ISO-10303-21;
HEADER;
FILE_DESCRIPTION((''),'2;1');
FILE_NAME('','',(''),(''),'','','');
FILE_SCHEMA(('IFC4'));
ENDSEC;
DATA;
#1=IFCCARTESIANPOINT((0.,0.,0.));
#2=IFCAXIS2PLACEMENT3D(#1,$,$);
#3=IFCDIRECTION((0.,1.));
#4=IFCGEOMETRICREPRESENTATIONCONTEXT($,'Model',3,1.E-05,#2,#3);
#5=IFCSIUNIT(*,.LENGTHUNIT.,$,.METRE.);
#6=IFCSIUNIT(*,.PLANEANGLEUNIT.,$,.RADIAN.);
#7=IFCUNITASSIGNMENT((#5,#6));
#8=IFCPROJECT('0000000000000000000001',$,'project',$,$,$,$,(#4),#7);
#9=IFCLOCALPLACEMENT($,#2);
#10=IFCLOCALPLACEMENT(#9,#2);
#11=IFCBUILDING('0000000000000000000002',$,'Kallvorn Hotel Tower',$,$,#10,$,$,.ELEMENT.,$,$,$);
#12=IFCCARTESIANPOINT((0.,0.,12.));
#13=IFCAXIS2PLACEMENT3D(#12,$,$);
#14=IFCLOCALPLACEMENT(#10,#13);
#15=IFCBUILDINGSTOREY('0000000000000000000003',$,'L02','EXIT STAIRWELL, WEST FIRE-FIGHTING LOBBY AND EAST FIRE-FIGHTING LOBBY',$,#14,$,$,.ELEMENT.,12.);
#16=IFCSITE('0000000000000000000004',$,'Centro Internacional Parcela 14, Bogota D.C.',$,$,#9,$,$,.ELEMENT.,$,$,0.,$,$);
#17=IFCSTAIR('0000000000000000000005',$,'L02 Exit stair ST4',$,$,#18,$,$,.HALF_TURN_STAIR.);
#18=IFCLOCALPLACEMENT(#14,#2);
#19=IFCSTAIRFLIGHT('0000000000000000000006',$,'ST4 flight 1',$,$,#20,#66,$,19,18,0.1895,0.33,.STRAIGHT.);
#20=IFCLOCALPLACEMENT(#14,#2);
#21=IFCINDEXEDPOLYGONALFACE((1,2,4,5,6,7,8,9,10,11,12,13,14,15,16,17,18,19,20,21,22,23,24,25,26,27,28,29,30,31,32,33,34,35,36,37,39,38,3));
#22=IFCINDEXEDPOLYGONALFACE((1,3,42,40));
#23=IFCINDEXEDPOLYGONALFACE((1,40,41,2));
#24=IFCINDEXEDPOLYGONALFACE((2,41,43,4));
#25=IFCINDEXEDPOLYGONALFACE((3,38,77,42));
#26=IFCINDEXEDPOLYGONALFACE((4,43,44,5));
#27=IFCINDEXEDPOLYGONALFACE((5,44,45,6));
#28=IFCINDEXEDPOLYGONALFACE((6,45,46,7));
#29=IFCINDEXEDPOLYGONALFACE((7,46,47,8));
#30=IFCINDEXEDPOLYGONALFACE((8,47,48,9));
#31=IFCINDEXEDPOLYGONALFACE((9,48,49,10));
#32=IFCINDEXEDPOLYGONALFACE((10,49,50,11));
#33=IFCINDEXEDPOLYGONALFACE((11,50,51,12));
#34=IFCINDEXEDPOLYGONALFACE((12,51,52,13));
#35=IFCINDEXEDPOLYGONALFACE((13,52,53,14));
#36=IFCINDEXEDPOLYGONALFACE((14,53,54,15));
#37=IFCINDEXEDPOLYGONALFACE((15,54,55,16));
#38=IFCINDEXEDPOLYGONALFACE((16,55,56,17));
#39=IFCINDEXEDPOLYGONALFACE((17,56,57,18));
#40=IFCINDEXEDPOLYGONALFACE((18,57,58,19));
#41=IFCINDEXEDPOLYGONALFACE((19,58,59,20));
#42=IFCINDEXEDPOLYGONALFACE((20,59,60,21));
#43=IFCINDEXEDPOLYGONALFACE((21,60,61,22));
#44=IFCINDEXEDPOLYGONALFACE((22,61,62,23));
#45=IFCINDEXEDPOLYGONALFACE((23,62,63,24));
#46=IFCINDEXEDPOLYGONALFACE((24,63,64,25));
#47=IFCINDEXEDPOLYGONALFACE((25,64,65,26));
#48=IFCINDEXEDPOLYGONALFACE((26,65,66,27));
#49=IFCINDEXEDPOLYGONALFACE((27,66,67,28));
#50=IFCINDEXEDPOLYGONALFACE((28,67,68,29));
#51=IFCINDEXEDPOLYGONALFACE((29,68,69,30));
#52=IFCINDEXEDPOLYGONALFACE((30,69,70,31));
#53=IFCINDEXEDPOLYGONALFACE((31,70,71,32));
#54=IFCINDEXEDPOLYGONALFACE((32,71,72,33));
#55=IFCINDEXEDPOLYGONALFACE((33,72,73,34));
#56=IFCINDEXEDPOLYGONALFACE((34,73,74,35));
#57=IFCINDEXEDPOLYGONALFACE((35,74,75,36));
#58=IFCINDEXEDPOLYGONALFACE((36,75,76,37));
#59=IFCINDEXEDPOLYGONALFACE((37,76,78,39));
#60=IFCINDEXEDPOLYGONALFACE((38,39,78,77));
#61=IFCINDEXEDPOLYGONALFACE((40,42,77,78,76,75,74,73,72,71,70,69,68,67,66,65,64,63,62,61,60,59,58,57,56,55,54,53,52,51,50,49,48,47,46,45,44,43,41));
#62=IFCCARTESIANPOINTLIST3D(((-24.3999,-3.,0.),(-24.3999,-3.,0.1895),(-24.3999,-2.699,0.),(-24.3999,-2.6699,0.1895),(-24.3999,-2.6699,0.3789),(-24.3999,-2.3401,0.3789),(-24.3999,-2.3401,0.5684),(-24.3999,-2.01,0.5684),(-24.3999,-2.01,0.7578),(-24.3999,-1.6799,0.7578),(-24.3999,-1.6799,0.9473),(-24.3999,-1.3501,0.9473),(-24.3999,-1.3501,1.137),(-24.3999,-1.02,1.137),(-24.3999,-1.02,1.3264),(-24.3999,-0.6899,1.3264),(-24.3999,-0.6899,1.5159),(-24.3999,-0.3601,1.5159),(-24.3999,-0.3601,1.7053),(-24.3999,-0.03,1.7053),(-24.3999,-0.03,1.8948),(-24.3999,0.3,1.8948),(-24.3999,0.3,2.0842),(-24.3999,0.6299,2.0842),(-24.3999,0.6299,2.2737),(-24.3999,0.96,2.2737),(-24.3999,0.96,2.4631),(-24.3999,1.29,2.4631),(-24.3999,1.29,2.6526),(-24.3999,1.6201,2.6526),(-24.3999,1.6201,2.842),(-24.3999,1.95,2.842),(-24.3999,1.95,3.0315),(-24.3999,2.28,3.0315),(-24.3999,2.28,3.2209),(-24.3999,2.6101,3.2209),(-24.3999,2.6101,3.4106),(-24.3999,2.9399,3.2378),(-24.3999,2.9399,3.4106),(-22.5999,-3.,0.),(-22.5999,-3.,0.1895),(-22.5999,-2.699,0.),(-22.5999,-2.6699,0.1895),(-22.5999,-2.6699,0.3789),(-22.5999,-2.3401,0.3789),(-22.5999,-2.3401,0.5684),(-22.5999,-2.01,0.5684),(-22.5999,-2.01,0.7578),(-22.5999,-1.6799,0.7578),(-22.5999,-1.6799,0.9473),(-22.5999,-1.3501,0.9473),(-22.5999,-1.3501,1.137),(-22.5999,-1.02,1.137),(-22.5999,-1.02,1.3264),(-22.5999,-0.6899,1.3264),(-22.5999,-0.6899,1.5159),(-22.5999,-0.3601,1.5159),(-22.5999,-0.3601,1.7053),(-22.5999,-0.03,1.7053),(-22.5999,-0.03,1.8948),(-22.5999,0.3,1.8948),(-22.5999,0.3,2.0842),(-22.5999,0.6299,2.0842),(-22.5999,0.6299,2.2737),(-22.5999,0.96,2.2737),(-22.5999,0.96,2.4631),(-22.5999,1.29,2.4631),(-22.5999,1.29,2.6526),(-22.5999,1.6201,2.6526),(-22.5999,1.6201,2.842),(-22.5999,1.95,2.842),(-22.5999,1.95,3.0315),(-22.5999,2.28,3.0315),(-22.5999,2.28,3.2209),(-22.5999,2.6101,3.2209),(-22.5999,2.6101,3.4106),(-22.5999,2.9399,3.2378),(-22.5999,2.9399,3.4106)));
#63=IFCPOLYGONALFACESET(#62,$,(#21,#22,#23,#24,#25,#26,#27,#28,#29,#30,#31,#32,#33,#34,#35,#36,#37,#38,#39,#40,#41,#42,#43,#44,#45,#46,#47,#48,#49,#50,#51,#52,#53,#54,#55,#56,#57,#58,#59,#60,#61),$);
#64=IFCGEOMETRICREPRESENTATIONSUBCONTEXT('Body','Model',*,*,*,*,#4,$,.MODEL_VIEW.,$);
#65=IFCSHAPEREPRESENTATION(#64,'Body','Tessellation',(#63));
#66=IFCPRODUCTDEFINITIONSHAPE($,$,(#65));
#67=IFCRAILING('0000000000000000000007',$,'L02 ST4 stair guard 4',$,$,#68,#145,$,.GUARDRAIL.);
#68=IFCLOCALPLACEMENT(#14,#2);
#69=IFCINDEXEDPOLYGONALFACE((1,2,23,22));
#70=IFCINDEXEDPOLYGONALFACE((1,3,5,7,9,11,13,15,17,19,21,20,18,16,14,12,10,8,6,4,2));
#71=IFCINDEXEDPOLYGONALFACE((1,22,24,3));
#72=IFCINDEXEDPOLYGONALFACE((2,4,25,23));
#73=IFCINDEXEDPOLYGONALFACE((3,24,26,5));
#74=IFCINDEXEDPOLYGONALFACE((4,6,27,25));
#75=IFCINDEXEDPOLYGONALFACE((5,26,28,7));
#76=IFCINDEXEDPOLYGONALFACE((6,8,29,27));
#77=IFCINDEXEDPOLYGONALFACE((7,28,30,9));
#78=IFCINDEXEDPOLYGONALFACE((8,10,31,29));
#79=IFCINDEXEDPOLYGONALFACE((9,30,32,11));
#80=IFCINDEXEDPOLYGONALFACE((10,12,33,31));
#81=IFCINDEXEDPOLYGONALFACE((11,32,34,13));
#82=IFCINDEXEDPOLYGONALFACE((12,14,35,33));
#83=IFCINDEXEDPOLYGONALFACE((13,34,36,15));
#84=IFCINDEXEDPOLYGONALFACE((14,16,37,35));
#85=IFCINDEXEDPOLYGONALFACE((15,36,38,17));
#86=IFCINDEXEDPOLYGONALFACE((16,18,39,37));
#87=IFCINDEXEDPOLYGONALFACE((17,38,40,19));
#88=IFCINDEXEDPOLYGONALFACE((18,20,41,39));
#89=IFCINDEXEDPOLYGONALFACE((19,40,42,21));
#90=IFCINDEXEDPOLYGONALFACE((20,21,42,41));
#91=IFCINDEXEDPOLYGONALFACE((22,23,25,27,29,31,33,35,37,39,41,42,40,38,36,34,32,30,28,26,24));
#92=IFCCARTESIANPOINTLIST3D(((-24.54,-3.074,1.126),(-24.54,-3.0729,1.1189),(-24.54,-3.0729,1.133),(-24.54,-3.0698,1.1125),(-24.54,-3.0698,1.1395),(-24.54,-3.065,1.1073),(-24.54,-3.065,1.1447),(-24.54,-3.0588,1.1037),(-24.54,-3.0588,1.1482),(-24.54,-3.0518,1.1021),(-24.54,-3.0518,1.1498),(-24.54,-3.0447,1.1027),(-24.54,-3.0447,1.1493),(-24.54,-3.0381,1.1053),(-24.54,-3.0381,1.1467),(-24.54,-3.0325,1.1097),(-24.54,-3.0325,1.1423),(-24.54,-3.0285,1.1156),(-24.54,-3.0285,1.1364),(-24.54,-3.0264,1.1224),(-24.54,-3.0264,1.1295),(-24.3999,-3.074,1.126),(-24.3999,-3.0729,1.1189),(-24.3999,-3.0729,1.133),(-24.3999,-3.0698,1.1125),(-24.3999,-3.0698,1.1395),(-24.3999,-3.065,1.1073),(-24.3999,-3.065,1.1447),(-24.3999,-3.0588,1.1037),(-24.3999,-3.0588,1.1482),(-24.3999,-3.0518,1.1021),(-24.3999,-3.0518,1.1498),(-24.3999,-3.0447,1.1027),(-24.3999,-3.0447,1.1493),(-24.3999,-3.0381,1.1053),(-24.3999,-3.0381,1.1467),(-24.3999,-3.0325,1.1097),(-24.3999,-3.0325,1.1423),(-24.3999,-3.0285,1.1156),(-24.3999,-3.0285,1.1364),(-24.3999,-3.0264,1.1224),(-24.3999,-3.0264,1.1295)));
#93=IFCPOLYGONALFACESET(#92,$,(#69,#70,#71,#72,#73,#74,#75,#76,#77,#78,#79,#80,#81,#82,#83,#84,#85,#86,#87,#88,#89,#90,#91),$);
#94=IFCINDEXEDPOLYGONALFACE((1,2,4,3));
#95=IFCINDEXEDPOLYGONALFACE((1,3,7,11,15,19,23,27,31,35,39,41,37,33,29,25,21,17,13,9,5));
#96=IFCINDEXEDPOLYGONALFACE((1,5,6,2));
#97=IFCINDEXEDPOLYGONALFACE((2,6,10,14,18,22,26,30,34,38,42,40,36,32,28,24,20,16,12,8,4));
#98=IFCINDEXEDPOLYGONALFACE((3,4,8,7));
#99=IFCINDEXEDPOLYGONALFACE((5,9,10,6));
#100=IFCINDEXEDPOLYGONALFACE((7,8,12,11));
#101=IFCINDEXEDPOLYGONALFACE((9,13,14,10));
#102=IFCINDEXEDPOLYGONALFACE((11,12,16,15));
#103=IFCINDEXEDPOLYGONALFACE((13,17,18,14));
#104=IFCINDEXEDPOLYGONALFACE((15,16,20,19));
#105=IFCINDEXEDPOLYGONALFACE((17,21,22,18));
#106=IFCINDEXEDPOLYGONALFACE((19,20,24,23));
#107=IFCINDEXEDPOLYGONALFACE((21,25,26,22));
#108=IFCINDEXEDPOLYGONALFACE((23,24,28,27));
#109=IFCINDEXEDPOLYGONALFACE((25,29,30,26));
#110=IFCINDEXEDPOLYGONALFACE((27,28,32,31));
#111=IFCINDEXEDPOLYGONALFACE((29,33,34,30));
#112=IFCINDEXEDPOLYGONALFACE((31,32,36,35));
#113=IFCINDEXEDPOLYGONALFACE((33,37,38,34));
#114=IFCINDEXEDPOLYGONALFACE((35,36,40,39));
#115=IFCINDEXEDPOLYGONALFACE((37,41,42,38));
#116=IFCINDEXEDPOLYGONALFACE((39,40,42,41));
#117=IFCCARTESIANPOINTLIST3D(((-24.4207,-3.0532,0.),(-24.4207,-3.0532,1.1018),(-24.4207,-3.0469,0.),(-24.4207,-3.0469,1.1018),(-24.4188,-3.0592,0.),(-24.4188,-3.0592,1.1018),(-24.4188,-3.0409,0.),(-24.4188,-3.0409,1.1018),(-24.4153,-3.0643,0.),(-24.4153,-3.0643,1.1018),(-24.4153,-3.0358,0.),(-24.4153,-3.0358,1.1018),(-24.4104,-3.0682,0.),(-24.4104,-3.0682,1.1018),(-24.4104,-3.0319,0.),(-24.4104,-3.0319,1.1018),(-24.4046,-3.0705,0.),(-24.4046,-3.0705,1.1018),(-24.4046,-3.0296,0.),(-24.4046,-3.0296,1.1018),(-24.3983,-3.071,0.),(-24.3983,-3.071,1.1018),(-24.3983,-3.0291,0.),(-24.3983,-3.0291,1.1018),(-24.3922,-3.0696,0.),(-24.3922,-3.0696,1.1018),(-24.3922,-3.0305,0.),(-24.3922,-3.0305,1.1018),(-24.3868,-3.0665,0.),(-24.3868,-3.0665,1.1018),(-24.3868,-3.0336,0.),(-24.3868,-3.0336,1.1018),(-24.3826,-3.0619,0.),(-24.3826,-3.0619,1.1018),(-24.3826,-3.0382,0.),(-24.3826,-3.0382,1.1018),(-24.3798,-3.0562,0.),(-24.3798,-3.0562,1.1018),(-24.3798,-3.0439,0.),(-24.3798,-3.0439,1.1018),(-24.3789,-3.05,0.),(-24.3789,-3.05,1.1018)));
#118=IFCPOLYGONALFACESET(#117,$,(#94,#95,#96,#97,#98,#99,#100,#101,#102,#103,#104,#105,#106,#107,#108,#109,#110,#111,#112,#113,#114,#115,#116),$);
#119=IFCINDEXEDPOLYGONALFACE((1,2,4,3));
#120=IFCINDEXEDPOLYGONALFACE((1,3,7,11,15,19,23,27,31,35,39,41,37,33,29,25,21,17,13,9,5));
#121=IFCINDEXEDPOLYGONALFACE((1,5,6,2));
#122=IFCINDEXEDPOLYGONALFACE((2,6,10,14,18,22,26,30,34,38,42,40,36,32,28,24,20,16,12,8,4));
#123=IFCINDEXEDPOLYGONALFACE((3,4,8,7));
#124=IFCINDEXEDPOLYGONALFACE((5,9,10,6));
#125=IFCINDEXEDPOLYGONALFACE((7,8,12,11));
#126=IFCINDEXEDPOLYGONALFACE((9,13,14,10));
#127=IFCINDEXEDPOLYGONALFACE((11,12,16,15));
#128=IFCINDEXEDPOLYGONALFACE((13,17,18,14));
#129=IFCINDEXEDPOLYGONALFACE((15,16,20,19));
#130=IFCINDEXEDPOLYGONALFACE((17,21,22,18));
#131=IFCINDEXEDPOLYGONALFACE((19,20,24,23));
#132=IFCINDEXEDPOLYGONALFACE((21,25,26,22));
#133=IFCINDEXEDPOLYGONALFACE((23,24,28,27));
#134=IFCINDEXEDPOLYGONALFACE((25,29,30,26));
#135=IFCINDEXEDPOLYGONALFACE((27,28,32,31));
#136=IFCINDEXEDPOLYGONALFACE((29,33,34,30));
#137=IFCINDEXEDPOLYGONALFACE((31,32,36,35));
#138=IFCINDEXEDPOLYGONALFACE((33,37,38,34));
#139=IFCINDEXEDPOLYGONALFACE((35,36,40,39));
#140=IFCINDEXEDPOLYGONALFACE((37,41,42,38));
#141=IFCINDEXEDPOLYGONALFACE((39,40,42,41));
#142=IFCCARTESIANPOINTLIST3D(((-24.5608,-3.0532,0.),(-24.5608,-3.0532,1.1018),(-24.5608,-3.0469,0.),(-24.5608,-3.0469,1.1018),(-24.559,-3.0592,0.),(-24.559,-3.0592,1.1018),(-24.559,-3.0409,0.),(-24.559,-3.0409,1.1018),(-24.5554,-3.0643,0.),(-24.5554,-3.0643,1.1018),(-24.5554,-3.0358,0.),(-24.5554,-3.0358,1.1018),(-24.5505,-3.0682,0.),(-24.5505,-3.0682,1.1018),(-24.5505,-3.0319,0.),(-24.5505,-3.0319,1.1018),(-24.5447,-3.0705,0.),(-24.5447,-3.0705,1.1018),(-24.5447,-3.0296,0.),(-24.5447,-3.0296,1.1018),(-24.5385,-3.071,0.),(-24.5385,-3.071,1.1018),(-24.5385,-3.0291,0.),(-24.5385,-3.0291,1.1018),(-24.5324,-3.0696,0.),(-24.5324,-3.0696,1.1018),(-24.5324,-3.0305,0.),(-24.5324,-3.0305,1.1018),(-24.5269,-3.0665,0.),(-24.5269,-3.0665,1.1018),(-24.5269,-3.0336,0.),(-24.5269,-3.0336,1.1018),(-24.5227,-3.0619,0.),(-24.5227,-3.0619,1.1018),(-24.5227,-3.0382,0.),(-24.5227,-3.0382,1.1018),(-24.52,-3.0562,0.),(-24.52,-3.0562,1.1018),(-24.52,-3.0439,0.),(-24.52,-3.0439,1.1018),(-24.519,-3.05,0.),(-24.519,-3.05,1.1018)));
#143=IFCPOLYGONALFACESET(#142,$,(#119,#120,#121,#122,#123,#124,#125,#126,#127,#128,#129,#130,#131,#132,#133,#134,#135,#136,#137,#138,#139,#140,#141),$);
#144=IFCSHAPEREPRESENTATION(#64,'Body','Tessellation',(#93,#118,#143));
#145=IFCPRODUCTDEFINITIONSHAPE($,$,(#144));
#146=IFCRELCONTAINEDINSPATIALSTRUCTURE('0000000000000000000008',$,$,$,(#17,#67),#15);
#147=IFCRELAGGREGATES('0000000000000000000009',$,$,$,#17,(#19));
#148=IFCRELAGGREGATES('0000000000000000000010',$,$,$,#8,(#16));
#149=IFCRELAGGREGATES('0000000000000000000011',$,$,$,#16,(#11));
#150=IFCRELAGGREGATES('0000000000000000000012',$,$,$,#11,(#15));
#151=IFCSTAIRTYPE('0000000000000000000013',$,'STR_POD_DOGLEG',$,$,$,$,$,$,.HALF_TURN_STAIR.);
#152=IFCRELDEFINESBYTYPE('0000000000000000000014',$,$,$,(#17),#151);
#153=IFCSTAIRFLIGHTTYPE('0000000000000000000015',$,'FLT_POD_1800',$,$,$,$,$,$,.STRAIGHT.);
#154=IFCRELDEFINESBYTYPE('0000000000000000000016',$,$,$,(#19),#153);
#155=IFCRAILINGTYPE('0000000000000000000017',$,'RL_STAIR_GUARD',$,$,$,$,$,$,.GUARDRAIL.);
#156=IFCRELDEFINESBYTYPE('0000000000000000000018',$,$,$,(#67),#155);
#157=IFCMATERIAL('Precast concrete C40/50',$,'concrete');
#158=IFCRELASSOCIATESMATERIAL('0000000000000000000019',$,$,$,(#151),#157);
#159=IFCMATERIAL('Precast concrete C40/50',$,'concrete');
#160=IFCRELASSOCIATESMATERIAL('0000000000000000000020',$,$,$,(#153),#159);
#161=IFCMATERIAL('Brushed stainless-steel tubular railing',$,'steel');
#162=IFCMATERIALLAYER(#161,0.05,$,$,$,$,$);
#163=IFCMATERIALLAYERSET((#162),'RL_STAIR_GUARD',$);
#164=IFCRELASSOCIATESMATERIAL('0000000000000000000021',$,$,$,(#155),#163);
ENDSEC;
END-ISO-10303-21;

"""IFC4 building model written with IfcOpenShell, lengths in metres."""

from ifc_helpers import new_model, si_unit, direction, frame, origin, origin_2d, place, context, subcontext, project, spatial, polyline, circle, outline, extrude, material, layer, layer_set, type_object, element, aggregate, save


model = new_model("IFC4")

# Units and contexts
model_context = context("Model", 3, precision=1e-05, world=origin(), true_north=direction((0.0, 1.0)))
body_context = subcontext(model_context, "Body", "Model", "MODEL_VIEW")
ifc_project = project(units=[si_unit("LENGTHUNIT", "METRE"), si_unit("PLANEANGLEUNIT", "RADIAN")], contexts=[model_context])

# Site, building, storey
site_placement = place(None, origin())
site = spatial("IfcSite", under=ifc_project, at=site_placement, Name="Centro Internacional Parcela 14, Bogota D.C.", CompositionType="ELEMENT", RefElevation=0.0)
building_placement = place(site_placement, origin())
building = spatial("IfcBuilding", under=site, at=building_placement, Name="Kallvorn Hotel Tower", CompositionType="ELEMENT")
storey_placement = place(building_placement, frame((0.0, 0.0, 12.0)))
storey = spatial("IfcBuildingStorey", under=building, at=storey_placement, Name="L02", Description="EXIT STAIRWELL, WEST FIRE-FIGHTING LOBBY AND EAST FIRE-FIGHTING LOBBY", CompositionType="ELEMENT", Elevation=12.0)

# Stair, stair flight
ifc_material_1 = material(Name="Precast concrete C40/50", Category="concrete")
stair_type = type_object("IfcStairType", Name="STR_POD_DOGLEG", PredefinedType="HALF_TURN_STAIR", material=ifc_material_1)
stair_placement = place(storey_placement, origin())
stair = element("IfcStair", 1, at=stair_placement, inside=storey, type_object=stair_type, Name="L02 Exit stair ST4", PredefinedType="HALF_TURN_STAIR")
ifc_material_2 = material(Name="Precast concrete C40/50", Category="concrete")
stair_flight_type = type_object("IfcStairFlightType", Name="FLT_POD_1800", PredefinedType="STRAIGHT", material=ifc_material_2)
stair_flight_placement = place(storey_placement, frame((-23.5, -3.0, 0.0), z_axis=(0.0, 0.0, 1.0), x_axis=(0.0, 1.0, 0.0)))
stair_flight = element("IfcStairFlight", 2, at=stair_flight_placement, type_object=stair_flight_type, Name="ST4 flight 1", NumberOfRisers=19, NumberOfTreads=18, PredefinedType="STRAIGHT", RiserHeight=0.1895, TreadLength=0.33, context=body_context, shape_type="SweptSolid", body=[
    extrude(outline(polyline([(0.0, 0.0), (0.0, 0.1895), (0.3301, 0.1895), (0.3301, 0.3789), (0.6599, 0.3789), (0.6599, 0.5684), (0.99, 0.5684), (0.99, 0.7578), (1.3201, 0.7578), (1.3201, 0.9473), (1.6499, 0.9473), (1.6499, 1.137), (1.98, 1.137), (1.98, 1.3264), (2.3101, 1.3264), (2.3101, 1.5159), (2.6399, 1.5159), (2.6399, 1.7053), (2.97, 1.7053), (2.97, 1.8948), (3.3, 1.8948), (3.3, 2.0842), (3.6299, 2.0842), (3.6299, 2.2737), (3.96, 2.2737), (3.96, 2.4631), (4.29, 2.4631), (4.29, 2.6526), (4.6201, 2.6526), (4.6201, 2.842), (4.95, 2.842), (4.95, 3.0315), (5.28, 3.0315), (5.28, 3.2209), (5.6101, 3.2209), (5.6101, 3.4106), (5.9399, 3.4106), (5.9399, 3.6001), (5.9399, 3.2378), (0.301, 0.0), (0.0, 0.0)])), frame((0.0, 0.8999, 0.0), z_axis=(0.0, -1.0, 0.0), x_axis=(1.0, 0.0, 0.0)), (0.0, 0.0, 1.0), 1.8),
])
aggregate(stair, [stair_flight])

# Railing
ifc_material_3 = material(Name="Brushed stainless-steel tubular railing", Category="steel")
ifc_layer_1 = layer(ifc_material_3, 0.05)
ifc_layer_set_1 = layer_set([ifc_layer_1], Name="RL_STAIR_GUARD")
railing_type_1 = type_object("IfcRailingType", Name="RL_STAIR_GUARD", PredefinedType="GUARDRAIL", material=ifc_layer_set_1)
railing_1_placement = place(storey_placement, frame((-24.3999, -3.05, 0.0)))
element("IfcRailing", 3, at=railing_1_placement, inside=storey, type_object=railing_type_1, Name="L02 ST4 stair guard 4", PredefinedType="GUARDRAIL", context=body_context, shape_type="SweptSolid", body=[
    extrude(circle(Radius=0.0239, at=origin_2d()), frame((0.0, 0.0, 1.126), z_axis=(-1.0, 0.0, 0.0), x_axis=(0.0, -1.0, 0.0)), (0.0, 0.0, 1.0), 0.1401),
    extrude(circle(Radius=0.021, at=origin_2d()), origin(), (0.0, 0.0, 1.0), 1.1018),
    extrude(circle(Radius=0.021, at=origin_2d()), frame((-0.1401, 0.0, 0.0)), (0.0, 0.0, 1.0), 1.1018),
])

save(model, "model.ifc")
